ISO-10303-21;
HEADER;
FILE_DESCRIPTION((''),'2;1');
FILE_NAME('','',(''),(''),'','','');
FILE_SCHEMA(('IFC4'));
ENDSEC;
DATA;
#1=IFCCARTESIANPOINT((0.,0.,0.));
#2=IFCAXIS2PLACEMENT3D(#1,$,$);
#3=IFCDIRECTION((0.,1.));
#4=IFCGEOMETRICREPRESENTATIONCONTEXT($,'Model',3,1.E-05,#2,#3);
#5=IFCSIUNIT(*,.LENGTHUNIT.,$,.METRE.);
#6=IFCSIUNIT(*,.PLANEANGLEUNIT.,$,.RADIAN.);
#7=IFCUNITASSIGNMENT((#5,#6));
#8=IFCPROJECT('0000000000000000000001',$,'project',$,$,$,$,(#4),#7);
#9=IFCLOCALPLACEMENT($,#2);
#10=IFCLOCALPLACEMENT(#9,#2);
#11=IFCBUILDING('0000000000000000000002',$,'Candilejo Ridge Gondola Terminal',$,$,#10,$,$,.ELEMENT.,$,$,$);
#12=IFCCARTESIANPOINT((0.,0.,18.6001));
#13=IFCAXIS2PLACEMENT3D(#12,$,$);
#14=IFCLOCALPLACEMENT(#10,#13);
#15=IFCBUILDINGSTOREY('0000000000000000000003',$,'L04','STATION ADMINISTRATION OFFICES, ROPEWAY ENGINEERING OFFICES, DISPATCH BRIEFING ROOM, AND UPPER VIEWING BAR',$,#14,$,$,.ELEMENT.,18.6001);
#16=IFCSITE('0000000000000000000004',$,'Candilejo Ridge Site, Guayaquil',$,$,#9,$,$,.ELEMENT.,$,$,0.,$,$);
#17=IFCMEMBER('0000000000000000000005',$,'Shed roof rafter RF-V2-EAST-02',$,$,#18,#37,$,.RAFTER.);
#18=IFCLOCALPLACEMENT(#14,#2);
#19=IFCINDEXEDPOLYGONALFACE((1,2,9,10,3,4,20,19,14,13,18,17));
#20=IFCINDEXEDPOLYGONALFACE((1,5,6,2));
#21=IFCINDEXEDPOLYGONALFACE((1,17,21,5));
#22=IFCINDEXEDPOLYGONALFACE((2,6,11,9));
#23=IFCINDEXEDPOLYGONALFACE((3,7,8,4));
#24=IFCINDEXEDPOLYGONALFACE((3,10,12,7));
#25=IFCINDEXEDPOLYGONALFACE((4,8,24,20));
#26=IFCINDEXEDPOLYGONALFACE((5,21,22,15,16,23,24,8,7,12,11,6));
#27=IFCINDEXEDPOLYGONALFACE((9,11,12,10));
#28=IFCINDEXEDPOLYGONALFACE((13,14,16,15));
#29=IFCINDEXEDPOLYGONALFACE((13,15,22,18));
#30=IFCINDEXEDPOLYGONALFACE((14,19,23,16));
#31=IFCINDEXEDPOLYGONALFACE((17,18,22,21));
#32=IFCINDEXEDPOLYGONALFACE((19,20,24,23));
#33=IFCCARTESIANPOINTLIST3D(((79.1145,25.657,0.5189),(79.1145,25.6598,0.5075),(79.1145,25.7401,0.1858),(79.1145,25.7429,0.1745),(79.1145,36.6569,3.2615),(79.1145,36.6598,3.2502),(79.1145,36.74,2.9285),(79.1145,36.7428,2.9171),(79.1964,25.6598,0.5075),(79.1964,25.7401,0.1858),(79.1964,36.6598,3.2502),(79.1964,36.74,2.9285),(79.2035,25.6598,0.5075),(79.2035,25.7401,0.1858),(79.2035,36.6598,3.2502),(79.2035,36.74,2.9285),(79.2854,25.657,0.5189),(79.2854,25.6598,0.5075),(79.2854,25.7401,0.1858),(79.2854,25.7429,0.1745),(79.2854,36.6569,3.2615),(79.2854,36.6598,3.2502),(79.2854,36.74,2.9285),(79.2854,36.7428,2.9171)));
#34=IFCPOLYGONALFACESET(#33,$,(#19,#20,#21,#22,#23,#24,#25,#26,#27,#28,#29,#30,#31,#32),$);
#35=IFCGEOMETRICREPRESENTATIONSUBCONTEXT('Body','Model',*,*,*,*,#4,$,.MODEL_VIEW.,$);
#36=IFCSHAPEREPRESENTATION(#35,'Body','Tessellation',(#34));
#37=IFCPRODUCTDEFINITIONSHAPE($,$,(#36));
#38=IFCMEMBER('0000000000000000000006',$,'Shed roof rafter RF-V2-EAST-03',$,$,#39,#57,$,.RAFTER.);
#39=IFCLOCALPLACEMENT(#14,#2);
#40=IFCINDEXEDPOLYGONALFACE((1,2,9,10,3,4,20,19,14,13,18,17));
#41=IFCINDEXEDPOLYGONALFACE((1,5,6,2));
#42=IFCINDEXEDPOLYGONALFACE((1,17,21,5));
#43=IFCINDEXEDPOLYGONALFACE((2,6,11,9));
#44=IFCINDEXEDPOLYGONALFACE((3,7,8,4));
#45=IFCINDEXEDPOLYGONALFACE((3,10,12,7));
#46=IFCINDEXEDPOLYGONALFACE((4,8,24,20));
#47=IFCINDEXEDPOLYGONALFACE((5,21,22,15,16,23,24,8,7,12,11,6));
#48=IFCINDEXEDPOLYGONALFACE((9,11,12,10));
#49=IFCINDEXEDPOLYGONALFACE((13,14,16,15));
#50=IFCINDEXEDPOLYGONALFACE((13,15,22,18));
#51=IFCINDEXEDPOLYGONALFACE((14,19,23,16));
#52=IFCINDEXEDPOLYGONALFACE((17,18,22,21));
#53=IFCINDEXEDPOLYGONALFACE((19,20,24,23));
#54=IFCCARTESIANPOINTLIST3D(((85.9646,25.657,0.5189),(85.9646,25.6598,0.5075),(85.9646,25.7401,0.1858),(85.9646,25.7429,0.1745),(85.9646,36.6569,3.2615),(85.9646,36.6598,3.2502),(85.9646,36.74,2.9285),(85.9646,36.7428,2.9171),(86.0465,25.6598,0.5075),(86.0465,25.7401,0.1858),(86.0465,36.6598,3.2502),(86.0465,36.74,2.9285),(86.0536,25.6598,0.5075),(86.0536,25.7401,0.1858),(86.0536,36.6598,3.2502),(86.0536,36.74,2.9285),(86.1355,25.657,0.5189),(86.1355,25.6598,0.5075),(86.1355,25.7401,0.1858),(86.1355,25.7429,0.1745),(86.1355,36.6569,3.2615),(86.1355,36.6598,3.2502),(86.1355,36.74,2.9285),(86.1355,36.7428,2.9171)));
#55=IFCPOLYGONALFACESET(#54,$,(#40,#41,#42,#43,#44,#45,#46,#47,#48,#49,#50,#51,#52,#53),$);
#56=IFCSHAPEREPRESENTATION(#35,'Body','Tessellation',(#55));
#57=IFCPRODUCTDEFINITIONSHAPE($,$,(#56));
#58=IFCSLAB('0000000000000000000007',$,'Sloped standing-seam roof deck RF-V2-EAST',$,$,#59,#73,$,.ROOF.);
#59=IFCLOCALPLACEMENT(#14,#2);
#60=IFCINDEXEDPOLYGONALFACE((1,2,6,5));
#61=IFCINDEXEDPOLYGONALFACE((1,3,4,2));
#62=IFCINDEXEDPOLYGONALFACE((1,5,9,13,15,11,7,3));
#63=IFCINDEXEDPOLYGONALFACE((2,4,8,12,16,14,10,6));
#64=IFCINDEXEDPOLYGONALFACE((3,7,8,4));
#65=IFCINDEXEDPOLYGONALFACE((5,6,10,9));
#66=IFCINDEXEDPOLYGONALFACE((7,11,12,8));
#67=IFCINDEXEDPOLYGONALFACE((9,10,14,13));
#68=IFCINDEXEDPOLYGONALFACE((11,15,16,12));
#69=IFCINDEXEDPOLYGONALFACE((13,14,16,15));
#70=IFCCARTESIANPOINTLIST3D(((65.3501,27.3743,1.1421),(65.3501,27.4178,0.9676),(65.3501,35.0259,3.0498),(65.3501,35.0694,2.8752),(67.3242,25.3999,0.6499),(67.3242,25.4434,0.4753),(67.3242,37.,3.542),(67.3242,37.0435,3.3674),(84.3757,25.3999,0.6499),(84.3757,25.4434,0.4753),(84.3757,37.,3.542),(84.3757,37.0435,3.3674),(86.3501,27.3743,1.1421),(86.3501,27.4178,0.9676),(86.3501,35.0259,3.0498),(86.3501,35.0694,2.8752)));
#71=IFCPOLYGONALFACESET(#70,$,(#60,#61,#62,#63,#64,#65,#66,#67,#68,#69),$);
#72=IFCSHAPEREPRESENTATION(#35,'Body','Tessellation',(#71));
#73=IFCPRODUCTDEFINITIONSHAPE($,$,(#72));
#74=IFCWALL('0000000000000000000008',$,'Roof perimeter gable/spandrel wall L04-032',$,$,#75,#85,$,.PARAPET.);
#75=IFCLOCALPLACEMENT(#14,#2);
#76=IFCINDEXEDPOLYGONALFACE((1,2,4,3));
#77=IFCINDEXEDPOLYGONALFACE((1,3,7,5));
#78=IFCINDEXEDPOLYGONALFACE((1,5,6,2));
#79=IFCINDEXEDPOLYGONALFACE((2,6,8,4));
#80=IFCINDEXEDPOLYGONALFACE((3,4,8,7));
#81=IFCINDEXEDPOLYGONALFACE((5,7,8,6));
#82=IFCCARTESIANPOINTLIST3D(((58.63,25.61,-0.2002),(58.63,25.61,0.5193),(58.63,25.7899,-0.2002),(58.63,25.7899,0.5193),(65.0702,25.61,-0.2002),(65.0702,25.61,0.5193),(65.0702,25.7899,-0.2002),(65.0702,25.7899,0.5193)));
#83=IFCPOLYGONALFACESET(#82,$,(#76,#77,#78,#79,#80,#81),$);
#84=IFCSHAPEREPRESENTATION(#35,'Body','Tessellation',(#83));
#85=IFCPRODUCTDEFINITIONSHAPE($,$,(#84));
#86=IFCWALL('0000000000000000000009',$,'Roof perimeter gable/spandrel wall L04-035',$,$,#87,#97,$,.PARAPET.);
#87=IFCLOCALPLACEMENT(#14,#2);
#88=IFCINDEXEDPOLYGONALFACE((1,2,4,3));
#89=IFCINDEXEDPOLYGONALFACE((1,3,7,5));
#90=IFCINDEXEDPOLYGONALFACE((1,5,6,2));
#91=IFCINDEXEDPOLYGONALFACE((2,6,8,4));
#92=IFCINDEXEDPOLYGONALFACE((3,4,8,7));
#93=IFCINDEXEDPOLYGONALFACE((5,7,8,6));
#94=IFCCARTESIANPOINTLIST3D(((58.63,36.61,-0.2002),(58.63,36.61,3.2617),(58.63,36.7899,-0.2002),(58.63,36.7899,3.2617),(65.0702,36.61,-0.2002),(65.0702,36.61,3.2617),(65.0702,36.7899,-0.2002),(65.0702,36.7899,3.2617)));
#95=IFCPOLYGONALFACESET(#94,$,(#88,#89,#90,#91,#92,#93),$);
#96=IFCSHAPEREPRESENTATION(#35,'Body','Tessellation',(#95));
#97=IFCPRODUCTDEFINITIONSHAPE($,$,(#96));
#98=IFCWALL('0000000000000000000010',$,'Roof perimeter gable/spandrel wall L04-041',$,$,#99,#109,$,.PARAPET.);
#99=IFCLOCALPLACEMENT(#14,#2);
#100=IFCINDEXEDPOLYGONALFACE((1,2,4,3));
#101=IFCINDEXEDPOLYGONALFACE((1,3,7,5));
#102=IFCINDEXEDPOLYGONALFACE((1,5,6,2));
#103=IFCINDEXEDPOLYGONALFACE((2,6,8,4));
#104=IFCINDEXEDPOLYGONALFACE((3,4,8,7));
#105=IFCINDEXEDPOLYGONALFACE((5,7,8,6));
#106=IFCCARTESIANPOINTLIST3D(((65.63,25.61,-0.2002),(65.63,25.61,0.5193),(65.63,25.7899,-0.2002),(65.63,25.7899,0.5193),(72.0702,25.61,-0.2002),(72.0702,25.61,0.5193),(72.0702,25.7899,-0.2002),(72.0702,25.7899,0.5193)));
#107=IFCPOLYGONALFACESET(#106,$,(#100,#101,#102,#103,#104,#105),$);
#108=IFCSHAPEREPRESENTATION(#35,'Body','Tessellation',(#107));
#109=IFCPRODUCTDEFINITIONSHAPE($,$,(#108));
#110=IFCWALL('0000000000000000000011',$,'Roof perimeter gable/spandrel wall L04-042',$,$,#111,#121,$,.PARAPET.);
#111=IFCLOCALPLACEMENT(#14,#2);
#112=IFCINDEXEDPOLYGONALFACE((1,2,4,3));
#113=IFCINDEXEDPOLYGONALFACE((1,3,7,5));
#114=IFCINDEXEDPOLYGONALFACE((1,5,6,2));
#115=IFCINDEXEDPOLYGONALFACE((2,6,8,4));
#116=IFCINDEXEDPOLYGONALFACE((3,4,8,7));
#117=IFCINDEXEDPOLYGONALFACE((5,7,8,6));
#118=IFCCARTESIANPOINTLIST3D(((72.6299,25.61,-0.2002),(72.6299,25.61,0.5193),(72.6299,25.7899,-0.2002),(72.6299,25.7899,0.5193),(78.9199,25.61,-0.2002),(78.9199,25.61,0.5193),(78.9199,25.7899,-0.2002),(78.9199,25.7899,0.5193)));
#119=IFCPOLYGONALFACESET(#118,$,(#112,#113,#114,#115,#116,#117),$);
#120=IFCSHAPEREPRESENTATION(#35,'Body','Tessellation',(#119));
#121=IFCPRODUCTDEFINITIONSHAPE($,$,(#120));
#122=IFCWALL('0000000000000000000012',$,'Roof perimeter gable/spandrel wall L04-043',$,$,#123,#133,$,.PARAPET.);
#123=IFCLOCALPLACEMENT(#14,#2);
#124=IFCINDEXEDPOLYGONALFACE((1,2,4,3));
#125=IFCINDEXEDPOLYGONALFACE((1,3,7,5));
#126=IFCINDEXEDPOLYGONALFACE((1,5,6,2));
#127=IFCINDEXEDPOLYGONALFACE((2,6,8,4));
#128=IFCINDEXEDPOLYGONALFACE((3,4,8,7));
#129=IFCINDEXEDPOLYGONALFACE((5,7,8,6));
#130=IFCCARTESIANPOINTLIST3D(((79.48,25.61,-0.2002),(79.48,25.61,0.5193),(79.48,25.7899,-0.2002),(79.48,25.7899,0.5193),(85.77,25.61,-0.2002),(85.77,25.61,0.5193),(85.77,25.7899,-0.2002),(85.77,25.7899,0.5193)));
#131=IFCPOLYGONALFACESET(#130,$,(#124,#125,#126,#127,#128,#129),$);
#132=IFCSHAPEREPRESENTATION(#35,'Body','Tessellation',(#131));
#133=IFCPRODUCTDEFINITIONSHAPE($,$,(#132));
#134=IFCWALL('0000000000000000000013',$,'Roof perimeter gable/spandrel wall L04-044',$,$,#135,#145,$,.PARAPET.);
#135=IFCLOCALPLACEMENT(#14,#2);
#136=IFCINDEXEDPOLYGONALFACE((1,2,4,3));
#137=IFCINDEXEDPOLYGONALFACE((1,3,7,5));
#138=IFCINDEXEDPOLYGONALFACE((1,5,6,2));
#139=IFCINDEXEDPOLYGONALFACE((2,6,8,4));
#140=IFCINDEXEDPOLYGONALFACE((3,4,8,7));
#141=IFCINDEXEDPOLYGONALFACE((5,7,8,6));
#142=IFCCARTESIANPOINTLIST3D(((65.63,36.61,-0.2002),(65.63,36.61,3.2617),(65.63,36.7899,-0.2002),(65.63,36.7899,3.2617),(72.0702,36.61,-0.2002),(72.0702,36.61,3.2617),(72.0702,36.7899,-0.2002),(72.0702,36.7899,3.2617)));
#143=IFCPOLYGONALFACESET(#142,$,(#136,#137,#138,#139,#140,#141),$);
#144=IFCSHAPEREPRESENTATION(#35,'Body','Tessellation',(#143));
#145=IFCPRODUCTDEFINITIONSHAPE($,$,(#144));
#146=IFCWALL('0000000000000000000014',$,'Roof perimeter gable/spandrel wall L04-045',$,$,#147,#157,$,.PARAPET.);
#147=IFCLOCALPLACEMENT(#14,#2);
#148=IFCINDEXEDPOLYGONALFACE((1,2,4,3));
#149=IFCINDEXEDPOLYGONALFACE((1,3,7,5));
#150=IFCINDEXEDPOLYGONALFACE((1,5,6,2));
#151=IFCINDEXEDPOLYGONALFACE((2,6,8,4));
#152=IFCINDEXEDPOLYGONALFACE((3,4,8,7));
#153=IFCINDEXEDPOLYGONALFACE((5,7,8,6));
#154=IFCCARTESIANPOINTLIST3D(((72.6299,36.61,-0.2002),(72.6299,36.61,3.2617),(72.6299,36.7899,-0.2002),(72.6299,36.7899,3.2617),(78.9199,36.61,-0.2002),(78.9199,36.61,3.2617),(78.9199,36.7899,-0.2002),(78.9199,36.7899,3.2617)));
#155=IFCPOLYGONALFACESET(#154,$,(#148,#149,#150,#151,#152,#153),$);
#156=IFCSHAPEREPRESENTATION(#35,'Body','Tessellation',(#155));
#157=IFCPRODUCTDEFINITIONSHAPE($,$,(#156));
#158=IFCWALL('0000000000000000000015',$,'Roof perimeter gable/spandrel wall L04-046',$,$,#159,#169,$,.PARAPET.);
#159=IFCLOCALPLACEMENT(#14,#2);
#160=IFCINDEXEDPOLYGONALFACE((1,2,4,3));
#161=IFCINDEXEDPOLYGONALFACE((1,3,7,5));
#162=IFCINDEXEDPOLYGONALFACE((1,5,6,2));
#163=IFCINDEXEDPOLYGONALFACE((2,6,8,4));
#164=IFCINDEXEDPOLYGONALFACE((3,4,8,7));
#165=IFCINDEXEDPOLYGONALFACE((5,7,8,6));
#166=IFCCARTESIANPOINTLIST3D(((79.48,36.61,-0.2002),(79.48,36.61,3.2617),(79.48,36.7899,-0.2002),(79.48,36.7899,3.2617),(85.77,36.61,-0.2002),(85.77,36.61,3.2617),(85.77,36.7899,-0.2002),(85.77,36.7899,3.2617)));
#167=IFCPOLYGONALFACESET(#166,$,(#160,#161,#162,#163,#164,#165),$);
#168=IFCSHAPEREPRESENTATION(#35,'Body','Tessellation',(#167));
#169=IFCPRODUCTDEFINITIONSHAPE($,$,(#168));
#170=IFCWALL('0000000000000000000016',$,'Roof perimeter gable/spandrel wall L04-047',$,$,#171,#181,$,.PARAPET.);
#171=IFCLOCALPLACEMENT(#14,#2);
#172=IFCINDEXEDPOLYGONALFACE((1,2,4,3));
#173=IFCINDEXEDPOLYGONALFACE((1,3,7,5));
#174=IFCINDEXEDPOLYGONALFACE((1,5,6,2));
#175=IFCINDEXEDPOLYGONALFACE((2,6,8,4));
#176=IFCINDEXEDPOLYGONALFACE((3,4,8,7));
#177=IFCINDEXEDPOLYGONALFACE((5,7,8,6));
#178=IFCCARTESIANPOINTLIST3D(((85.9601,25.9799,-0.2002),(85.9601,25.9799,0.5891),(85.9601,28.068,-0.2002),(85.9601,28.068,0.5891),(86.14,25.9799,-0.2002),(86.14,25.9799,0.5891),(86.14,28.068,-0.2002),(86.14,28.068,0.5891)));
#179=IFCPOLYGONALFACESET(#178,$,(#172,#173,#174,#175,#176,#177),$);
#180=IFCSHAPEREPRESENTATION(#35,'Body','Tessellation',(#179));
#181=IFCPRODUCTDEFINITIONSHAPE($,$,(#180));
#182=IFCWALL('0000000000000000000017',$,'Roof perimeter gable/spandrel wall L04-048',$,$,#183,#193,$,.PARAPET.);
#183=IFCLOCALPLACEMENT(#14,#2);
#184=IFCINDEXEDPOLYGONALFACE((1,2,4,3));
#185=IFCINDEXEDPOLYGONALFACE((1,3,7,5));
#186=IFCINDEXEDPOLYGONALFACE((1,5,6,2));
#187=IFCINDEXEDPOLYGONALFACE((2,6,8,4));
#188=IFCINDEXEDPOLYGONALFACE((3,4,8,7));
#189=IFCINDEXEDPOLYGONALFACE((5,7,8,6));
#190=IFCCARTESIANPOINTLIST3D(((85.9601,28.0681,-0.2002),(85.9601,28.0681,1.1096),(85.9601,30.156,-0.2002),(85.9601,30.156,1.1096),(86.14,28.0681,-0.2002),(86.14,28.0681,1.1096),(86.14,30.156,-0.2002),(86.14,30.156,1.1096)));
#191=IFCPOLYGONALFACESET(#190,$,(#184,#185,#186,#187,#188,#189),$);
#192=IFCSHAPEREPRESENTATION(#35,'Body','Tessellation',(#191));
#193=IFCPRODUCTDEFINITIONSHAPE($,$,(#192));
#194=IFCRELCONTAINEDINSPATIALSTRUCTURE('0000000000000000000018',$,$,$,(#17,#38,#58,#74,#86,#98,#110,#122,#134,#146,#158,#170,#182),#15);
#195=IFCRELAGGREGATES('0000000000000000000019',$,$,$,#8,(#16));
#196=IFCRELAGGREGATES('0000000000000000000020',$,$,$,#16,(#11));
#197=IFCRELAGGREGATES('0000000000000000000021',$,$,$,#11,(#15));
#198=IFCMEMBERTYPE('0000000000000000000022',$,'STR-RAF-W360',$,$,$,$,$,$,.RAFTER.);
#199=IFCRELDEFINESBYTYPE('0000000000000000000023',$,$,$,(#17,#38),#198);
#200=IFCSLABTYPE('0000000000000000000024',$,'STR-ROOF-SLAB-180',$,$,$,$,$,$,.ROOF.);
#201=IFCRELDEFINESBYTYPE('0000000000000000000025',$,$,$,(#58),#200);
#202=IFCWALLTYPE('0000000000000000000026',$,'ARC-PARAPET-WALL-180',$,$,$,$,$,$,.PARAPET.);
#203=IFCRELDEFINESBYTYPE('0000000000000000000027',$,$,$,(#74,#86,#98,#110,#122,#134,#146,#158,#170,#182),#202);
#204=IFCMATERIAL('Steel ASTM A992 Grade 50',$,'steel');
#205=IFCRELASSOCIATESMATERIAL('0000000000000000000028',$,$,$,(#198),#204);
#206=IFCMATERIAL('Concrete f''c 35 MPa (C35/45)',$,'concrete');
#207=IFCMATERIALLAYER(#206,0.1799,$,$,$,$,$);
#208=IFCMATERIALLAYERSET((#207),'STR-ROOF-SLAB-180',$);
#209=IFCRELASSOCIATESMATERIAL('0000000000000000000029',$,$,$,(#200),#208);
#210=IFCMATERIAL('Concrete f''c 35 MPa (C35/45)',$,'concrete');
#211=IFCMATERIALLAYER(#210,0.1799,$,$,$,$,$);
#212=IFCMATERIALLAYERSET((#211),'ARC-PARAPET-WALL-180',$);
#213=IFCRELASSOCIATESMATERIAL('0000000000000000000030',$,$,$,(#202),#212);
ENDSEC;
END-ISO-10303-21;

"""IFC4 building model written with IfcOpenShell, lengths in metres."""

from ifc_helpers import new_model, si_unit, direction, frame, frame_2d, origin, origin_2d, place, context, subcontext, project, spatial, polyline, rectangle, i_section, outline, extrude, material, layer, layer_set, material_profile, profile_set, type_object, element, save


model = new_model("IFC4")

# Units and contexts
model_context = context("Model", 3, precision=1e-05, world=origin(), true_north=direction((0.0, 1.0)))
body_context = subcontext(model_context, "Body", "Model", "MODEL_VIEW")
ifc_project = project(units=[si_unit("LENGTHUNIT", "METRE"), si_unit("PLANEANGLEUNIT", "RADIAN")], contexts=[model_context])

# Site, building, storey
site_placement = place(None, origin())
site = spatial("IfcSite", under=ifc_project, at=site_placement, Name="Candilejo Ridge Site, Guayaquil", CompositionType="ELEMENT", RefElevation=0.0)
building_placement = place(site_placement, origin())
building = spatial("IfcBuilding", under=site, at=building_placement, Name="Candilejo Ridge Gondola Terminal", CompositionType="ELEMENT")
storey_placement = place(building_placement, frame((0.0, 0.0, 18.6001)))
storey = spatial("IfcBuildingStorey", under=building, at=storey_placement, Name="L04", Description="STATION ADMINISTRATION OFFICES, ROPEWAY ENGINEERING OFFICES, DISPATCH BRIEFING ROOM, AND UPPER VIEWING BAR", CompositionType="ELEMENT", Elevation=18.6001)

# Members
ifc_material_1 = material(Name="Steel ASTM A992 Grade 50", Category="steel")
ifc_material_profile_1 = material_profile(ifc_material_1, i_section(OverallWidth=0.1709, OverallDepth=0.355, WebThickness=0.0071, FlangeThickness=0.0117, at=origin_2d()))
ifc_profile_set_1 = profile_set([ifc_material_profile_1], Name="Steel ASTM A992 Grade 50")
member_type = type_object("IfcMemberType", Name="STR-RAF-W360", PredefinedType="RAFTER", material=ifc_profile_set_1)
for number, where, z_axis, x_axis, name in (
    (1, (79.2, 25.7, 0.3467), (0.0, 0.970294, 0.241928), (-1.0, 0.0, 0.0), "Shed roof rafter RF-V2-EAST-02"),
    (2, (86.05, 25.7, 0.3467), (0.0, 0.970294, 0.241928), (-1.0, 0.0, 0.0), "Shed roof rafter RF-V2-EAST-03"),
):
    element("IfcMember", number, at=place(storey_placement, frame(where, z_axis=z_axis, x_axis=x_axis)), inside=storey, type_object=member_type, Name=name, PredefinedType="RAFTER", context=body_context, shape_type="SweptSolid", body=[
        extrude(i_section(OverallWidth=0.1709, OverallDepth=0.355, WebThickness=0.0071, FlangeThickness=0.0117, at=origin_2d()), origin(), (0.0, 0.0, 1.0), 11.3367),
    ])

# Slab
ifc_material_2 = material(Name="Concrete f'c 35 MPa (C35/45)", Category="concrete")
ifc_layer_1 = layer(ifc_material_2, 0.1799)
ifc_layer_set_1 = layer_set([ifc_layer_1], Name="STR-ROOF-SLAB-180")
slab_type = type_object("IfcSlabType", Name="STR-ROOF-SLAB-180", PredefinedType="ROOF", material=ifc_layer_set_1)
slab_placement = place(storey_placement, frame((67.3242, 25.3999, 0.6499), z_axis=(0.0, -0.241911, 0.970298), x_axis=(1.0, 0.0, 0.0)))
element("IfcSlab", 3, at=slab_placement, inside=storey, type_object=slab_type, Name="Sloped standing-seam roof deck RF-V2-EAST", PredefinedType="ROOF", context=body_context, shape_type="SweptSolid", body=[
    extrude(outline(polyline([(0.0, 0.0), (17.0515, 0.0), (19.0259, 2.0348), (19.0259, 9.9206), (17.0515, 11.9552), (0.0, 11.9552), (-1.9741, 9.9206), (-1.9741, 2.0348), (0.0, 0.0)])), origin(), (0.0, 0.0, -1.0), 0.1799),
])

# Walls
ifc_material_3 = material(Name="Concrete f'c 35 MPa (C35/45)", Category="concrete")
ifc_layer_2 = layer(ifc_material_3, 0.1799)
ifc_layer_set_2 = layer_set([ifc_layer_2], Name="ARC-PARAPET-WALL-180")
wall_type = type_object("IfcWallType", Name="ARC-PARAPET-WALL-180", PredefinedType="PARAPET", material=ifc_layer_set_2)
wall_1_placement = place(storey_placement, frame((58.6299, 25.7, -0.2002), z_axis=(0.0, 0.0, 1.0), x_axis=(1.0, 0.0, 0.0)))
element("IfcWall", 4, at=wall_1_placement, inside=storey, type_object=wall_type, Name="Roof perimeter gable/spandrel wall L04-032", PredefinedType="PARAPET", context=body_context, shape_type="SweptSolid", body=[
    extrude(rectangle(XDim=6.4402, YDim=0.1799, at=frame_2d((3.2202, 0.0))), origin(), (0.0, 0.0, 1.0), 0.7195),
])
wall_2_placement = place(storey_placement, frame((58.6299, 36.7, -0.2002), z_axis=(0.0, 0.0, 1.0), x_axis=(1.0, 0.0, 0.0)))
element("IfcWall", 5, at=wall_2_placement, inside=storey, type_object=wall_type, Name="Roof perimeter gable/spandrel wall L04-035", PredefinedType="PARAPET", context=body_context, shape_type="SweptSolid", body=[
    extrude(rectangle(XDim=6.4402, YDim=0.1799, at=frame_2d((3.2202, 0.0))), origin(), (0.0, 0.0, 1.0), 3.4619),
])
wall_3_placement = place(storey_placement, frame((65.6299, 25.7, -0.2002), z_axis=(0.0, 0.0, 1.0), x_axis=(1.0, 0.0, 0.0)))
element("IfcWall", 6, at=wall_3_placement, inside=storey, type_object=wall_type, Name="Roof perimeter gable/spandrel wall L04-041", PredefinedType="PARAPET", context=body_context, shape_type="SweptSolid", body=[
    extrude(rectangle(XDim=6.4402, YDim=0.1799, at=frame_2d((3.2202, 0.0))), origin(), (0.0, 0.0, 1.0), 0.7195),
])
for number, where, z_axis, x_axis, name in (
    (7, (72.6299, 25.7, -0.2002), (0.0, 0.0, 1.0), (1.0, 0.0, 0.0), "Roof perimeter gable/spandrel wall L04-042"),
    (8, (79.48, 25.7, -0.2002), (0.0, 0.0, 1.0), (1.0, 0.0, 0.0), "Roof perimeter gable/spandrel wall L04-043"),
):
    element("IfcWall", number, at=place(storey_placement, frame(where, z_axis=z_axis, x_axis=x_axis)), inside=storey, type_object=wall_type, Name=name, PredefinedType="PARAPET", context=body_context, shape_type="SweptSolid", body=[
        extrude(rectangle(XDim=6.29, YDim=0.1799, at=frame_2d((3.145, 0.0))), origin(), (0.0, 0.0, 1.0), 0.7195),
    ])
wall_4_placement = place(storey_placement, frame((65.6299, 36.7, -0.2002), z_axis=(0.0, 0.0, 1.0), x_axis=(1.0, 0.0, 0.0)))
element("IfcWall", 9, at=wall_4_placement, inside=storey, type_object=wall_type, Name="Roof perimeter gable/spandrel wall L04-044", PredefinedType="PARAPET", context=body_context, shape_type="SweptSolid", body=[
    extrude(rectangle(XDim=6.4402, YDim=0.1799, at=frame_2d((3.2202, 0.0))), origin(), (0.0, 0.0, 1.0), 3.4619),
])
for number, where, z_axis, x_axis, name in (
    (10, (72.6299, 36.7, -0.2002), (0.0, 0.0, 1.0), (1.0, 0.0, 0.0), "Roof perimeter gable/spandrel wall L04-045"),
    (11, (79.48, 36.7, -0.2002), (0.0, 0.0, 1.0), (1.0, 0.0, 0.0), "Roof perimeter gable/spandrel wall L04-046"),
):
    element("IfcWall", number, at=place(storey_placement, frame(where, z_axis=z_axis, x_axis=x_axis)), inside=storey, type_object=wall_type, Name=name, PredefinedType="PARAPET", context=body_context, shape_type="SweptSolid", body=[
        extrude(rectangle(XDim=6.29, YDim=0.1799, at=frame_2d((3.145, 0.0))), origin(), (0.0, 0.0, 1.0), 3.4619),
    ])
wall_5_placement = place(storey_placement, frame((86.05, 25.98, -0.2002), z_axis=(0.0, 0.0, 1.0), x_axis=(0.0, 1.0, 0.0)))
element("IfcWall", 12, at=wall_5_placement, inside=storey, type_object=wall_type, Name="Roof perimeter gable/spandrel wall L04-047", PredefinedType="PARAPET", context=body_context, shape_type="SweptSolid", body=[
    extrude(rectangle(XDim=2.0881, YDim=0.1799, at=frame_2d((1.0439, 0.0))), origin(), (0.0, 0.0, 1.0), 0.7893),
])
wall_6_placement = place(storey_placement, frame((86.05, 28.0681, -0.2002), z_axis=(0.0, 0.0, 1.0), x_axis=(0.0, 1.0, 0.0)))
element("IfcWall", 13, at=wall_6_placement, inside=storey, type_object=wall_type, Name="Roof perimeter gable/spandrel wall L04-048", PredefinedType="PARAPET", context=body_context, shape_type="SweptSolid", body=[
    extrude(rectangle(XDim=2.0879, YDim=0.1799, at=frame_2d((1.0439, 0.0))), origin(), (0.0, 0.0, 1.0), 1.3098),
])

save(model, "model.ifc")
